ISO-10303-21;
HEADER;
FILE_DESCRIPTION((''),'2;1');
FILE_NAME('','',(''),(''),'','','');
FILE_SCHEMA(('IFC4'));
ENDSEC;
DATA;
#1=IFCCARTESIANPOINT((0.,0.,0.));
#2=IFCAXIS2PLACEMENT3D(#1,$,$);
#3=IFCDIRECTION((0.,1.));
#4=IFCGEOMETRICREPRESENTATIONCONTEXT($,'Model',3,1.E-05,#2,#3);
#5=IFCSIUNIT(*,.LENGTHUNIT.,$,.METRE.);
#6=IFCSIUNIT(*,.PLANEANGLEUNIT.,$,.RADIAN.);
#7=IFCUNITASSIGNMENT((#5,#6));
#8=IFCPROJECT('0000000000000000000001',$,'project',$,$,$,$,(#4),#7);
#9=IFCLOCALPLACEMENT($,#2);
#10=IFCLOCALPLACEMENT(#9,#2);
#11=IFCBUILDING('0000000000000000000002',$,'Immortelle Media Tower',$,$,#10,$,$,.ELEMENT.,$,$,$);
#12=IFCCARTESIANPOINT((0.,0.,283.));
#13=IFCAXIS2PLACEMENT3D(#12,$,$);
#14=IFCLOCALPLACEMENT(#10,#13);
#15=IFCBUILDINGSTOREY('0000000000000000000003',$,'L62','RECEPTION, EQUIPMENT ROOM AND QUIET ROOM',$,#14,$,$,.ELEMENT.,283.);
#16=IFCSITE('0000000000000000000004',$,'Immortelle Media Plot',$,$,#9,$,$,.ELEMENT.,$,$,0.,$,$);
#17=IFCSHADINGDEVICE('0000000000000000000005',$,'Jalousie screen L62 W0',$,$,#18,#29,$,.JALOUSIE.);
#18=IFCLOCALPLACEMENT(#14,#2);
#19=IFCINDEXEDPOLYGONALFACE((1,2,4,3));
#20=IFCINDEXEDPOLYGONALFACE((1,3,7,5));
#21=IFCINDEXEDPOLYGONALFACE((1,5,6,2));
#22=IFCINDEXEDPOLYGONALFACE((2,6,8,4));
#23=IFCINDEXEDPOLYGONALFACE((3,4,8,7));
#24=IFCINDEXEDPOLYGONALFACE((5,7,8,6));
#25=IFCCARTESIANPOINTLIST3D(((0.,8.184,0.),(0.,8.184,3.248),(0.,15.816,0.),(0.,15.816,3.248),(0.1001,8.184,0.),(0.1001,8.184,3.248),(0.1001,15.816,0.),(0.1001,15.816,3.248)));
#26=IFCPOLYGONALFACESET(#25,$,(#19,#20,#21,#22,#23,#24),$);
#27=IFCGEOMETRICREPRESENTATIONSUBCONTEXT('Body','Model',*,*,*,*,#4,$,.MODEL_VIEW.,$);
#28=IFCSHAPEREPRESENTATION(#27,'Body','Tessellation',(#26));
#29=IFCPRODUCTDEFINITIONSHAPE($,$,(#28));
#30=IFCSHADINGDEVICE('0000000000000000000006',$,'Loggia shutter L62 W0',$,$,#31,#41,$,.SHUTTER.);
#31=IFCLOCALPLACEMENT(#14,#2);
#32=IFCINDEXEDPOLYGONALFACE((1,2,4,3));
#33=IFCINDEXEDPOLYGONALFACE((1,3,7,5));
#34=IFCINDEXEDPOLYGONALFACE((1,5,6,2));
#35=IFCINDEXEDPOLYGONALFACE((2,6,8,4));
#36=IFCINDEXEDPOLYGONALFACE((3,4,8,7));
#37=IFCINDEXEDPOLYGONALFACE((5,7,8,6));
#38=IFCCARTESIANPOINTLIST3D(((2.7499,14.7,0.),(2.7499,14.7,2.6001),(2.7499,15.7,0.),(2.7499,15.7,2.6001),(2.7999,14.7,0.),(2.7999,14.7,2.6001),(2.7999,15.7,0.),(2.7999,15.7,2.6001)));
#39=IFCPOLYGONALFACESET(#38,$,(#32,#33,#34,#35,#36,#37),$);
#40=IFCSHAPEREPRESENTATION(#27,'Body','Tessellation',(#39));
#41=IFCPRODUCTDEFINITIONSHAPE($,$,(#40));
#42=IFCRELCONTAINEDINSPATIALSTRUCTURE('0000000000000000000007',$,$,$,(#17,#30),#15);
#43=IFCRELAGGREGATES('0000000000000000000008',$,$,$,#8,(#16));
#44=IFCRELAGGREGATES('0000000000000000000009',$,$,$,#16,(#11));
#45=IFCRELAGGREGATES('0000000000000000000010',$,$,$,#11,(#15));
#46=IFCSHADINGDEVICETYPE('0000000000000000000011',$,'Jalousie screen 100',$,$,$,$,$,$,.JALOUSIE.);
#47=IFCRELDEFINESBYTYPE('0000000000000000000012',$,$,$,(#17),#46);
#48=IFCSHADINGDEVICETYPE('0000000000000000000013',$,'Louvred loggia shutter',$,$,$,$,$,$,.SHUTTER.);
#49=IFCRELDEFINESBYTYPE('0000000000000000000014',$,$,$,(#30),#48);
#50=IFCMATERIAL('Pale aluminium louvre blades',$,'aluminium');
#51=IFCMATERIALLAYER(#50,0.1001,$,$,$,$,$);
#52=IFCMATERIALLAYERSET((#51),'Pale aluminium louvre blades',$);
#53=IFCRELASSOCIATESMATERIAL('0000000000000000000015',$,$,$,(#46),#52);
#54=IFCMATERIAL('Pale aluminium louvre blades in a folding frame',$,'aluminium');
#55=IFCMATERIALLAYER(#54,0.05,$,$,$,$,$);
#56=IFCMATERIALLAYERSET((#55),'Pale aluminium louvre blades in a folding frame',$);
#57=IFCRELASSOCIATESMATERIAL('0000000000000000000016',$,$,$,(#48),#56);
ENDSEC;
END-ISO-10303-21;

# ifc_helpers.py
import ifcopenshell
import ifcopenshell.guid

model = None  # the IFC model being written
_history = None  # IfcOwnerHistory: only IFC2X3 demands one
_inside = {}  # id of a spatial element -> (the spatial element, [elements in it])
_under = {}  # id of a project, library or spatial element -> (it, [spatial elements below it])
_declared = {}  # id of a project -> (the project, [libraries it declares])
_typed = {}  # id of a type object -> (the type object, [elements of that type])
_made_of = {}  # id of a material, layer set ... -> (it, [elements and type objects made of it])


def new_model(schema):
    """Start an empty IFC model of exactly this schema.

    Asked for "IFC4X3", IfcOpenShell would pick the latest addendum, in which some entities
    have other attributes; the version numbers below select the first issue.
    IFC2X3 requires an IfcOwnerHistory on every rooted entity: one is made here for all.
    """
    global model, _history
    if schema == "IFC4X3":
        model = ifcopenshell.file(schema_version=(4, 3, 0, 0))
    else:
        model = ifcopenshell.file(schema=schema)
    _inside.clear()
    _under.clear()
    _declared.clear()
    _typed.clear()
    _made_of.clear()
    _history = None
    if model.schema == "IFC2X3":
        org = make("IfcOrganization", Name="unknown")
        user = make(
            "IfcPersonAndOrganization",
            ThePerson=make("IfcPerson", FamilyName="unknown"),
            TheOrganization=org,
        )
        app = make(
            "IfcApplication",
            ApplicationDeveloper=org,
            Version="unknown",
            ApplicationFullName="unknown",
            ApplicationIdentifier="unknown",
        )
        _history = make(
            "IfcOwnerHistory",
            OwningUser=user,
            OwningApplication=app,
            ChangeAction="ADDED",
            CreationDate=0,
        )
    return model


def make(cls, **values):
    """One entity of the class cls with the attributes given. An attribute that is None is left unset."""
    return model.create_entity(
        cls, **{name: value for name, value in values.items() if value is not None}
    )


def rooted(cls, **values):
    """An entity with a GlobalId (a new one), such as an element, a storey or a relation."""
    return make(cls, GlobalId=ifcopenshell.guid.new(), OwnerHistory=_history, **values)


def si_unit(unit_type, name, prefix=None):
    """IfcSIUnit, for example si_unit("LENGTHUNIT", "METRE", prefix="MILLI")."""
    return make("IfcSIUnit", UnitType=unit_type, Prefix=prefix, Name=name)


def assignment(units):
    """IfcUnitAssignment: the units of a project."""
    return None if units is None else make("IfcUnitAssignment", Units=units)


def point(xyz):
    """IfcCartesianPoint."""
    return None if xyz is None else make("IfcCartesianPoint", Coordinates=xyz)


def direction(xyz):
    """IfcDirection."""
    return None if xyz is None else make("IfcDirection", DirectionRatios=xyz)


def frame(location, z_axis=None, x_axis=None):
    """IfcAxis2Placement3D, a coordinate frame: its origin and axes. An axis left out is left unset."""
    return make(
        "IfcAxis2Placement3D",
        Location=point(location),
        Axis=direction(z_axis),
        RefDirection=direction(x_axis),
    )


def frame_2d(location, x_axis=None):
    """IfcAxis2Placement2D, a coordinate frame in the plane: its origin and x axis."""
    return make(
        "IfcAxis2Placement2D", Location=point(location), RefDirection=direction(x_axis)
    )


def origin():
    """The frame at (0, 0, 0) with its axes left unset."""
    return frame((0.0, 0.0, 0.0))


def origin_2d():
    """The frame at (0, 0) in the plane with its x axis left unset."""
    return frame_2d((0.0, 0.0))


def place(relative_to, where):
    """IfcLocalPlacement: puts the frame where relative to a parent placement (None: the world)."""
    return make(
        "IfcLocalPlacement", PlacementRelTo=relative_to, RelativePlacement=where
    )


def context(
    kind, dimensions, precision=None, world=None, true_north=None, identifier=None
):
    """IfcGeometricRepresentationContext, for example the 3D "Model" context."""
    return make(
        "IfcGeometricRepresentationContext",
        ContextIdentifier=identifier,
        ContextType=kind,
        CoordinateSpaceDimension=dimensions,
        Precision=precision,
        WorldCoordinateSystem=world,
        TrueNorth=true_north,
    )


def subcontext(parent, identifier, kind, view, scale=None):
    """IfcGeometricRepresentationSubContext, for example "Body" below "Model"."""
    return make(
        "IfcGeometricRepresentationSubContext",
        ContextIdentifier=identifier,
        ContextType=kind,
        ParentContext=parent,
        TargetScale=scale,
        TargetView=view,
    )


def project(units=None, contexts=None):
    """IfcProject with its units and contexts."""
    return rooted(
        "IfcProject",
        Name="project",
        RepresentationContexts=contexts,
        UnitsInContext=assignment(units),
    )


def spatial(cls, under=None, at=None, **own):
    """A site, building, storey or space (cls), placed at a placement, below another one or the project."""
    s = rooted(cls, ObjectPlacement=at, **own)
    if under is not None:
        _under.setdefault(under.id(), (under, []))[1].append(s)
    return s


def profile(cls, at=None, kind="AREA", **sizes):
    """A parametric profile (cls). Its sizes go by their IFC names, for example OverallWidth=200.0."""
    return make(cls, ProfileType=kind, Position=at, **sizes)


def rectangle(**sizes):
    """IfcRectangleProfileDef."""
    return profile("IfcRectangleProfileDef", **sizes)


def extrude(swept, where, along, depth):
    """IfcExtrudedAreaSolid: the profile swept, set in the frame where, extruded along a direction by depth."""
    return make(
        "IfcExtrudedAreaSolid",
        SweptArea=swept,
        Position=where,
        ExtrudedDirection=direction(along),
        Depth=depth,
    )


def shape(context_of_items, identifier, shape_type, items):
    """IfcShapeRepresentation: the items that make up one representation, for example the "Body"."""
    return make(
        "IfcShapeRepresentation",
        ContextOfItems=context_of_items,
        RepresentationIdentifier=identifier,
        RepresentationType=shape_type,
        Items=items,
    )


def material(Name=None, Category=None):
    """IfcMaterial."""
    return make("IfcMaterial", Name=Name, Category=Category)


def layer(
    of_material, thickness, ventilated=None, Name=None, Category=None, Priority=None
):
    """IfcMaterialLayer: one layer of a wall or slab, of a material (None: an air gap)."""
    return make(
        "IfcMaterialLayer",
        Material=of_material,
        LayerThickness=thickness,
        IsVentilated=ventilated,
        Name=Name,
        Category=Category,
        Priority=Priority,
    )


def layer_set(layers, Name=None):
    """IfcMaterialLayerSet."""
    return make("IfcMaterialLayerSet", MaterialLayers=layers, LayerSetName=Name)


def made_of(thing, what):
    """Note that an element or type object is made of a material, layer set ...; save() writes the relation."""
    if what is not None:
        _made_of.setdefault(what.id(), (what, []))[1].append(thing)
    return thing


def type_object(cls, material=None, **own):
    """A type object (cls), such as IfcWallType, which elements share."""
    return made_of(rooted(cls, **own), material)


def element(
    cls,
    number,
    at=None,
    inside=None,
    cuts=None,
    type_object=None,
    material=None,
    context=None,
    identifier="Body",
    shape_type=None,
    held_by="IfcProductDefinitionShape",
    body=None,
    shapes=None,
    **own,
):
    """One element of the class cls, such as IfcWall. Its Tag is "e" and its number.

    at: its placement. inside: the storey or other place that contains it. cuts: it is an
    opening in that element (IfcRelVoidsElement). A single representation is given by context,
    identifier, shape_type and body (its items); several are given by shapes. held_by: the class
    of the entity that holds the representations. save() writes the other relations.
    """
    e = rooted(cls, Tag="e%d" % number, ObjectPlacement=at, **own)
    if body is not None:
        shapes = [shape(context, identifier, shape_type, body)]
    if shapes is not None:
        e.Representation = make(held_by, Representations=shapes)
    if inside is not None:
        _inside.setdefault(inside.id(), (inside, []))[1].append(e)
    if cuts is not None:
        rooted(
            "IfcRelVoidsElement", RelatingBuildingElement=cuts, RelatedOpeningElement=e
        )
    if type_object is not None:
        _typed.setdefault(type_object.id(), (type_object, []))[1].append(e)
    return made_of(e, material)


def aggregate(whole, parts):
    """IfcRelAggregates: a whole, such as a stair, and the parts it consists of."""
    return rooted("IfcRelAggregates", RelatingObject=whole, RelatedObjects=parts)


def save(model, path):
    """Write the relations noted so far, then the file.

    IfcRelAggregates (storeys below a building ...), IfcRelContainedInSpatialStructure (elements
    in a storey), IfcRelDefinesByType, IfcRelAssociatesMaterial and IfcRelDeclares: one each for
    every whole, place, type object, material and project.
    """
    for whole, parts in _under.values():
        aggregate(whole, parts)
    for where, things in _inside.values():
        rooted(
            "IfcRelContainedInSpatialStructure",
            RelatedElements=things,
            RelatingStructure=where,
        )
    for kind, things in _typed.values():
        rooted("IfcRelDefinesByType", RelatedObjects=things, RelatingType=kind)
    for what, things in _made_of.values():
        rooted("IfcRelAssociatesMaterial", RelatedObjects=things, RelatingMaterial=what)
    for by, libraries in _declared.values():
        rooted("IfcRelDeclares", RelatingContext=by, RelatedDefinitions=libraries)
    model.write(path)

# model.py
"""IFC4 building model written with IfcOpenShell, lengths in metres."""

from ifc_helpers import new_model, si_unit, direction, frame, origin, origin_2d, place, context, subcontext, project, spatial, rectangle, extrude, material, layer, layer_set, type_object, element, save


model = new_model("IFC4")

# Units and contexts
model_context = context("Model", 3, precision=1e-05, world=origin(), true_north=direction((0.0, 1.0)))
body_context = subcontext(model_context, "Body", "Model", "MODEL_VIEW")
ifc_project = project(units=[si_unit("LENGTHUNIT", "METRE"), si_unit("PLANEANGLEUNIT", "RADIAN")], contexts=[model_context])

# Site, building, storey
site_placement = place(None, origin())
site = spatial("IfcSite", under=ifc_project, at=site_placement, Name="Immortelle Media Plot", CompositionType="ELEMENT", RefElevation=0.0)
building_placement = place(site_placement, origin())
building = spatial("IfcBuilding", under=site, at=building_placement, Name="Immortelle Media Tower", CompositionType="ELEMENT")
storey_placement = place(building_placement, frame((0.0, 0.0, 283.0)))
storey = spatial("IfcBuildingStorey", under=building, at=storey_placement, Name="L62", Description="RECEPTION, EQUIPMENT ROOM AND QUIET ROOM", CompositionType="ELEMENT", Elevation=283.0)

# Shading devices
ifc_material_1 = material(Name="Pale aluminium louvre blades", Category="aluminium")
ifc_layer_1 = layer(ifc_material_1, 0.1001)
ifc_layer_set_1 = layer_set([ifc_layer_1], Name="Pale aluminium louvre blades")
shading_device_type_1 = type_object("IfcShadingDeviceType", Name="Jalousie screen 100", PredefinedType="JALOUSIE", material=ifc_layer_set_1)
shading_device_1_placement = place(storey_placement, frame((0.05, 12.0, 0.0), z_axis=(0.0, 0.0, 1.0), x_axis=(0.0, -1.0, 0.0)))
element("IfcShadingDevice", 1, at=shading_device_1_placement, inside=storey, type_object=shading_device_type_1, Name="Jalousie screen L62 W0", PredefinedType="JALOUSIE", context=body_context, shape_type="SweptSolid", body=[
    extrude(rectangle(XDim=7.6321, YDim=0.1001, at=origin_2d()), origin(), (0.0, 0.0, 1.0), 3.248),
])
ifc_material_2 = material(Name="Pale aluminium louvre blades in a folding frame", Category="aluminium")
ifc_layer_2 = layer(ifc_material_2, 0.05)
ifc_layer_set_2 = layer_set([ifc_layer_2], Name="Pale aluminium louvre blades in a folding frame")
shading_device_type_2 = type_object("IfcShadingDeviceType", Name="Louvred loggia shutter", PredefinedType="SHUTTER", material=ifc_layer_set_2)
shading_device_2_placement = place(storey_placement, frame((2.7749, 15.2, 0.0), z_axis=(0.0, 0.0, 1.0), x_axis=(0.0, -1.0, 0.0)))
element("IfcShadingDevice", 2, at=shading_device_2_placement, inside=storey, type_object=shading_device_type_2, Name="Loggia shutter L62 W0", PredefinedType="SHUTTER", context=body_context, shape_type="SweptSolid", body=[
    extrude(rectangle(XDim=1.0, YDim=0.05, at=origin_2d()), origin(), (0.0, 0.0, 1.0), 2.6001),
])

save(model, "model.ifc")
